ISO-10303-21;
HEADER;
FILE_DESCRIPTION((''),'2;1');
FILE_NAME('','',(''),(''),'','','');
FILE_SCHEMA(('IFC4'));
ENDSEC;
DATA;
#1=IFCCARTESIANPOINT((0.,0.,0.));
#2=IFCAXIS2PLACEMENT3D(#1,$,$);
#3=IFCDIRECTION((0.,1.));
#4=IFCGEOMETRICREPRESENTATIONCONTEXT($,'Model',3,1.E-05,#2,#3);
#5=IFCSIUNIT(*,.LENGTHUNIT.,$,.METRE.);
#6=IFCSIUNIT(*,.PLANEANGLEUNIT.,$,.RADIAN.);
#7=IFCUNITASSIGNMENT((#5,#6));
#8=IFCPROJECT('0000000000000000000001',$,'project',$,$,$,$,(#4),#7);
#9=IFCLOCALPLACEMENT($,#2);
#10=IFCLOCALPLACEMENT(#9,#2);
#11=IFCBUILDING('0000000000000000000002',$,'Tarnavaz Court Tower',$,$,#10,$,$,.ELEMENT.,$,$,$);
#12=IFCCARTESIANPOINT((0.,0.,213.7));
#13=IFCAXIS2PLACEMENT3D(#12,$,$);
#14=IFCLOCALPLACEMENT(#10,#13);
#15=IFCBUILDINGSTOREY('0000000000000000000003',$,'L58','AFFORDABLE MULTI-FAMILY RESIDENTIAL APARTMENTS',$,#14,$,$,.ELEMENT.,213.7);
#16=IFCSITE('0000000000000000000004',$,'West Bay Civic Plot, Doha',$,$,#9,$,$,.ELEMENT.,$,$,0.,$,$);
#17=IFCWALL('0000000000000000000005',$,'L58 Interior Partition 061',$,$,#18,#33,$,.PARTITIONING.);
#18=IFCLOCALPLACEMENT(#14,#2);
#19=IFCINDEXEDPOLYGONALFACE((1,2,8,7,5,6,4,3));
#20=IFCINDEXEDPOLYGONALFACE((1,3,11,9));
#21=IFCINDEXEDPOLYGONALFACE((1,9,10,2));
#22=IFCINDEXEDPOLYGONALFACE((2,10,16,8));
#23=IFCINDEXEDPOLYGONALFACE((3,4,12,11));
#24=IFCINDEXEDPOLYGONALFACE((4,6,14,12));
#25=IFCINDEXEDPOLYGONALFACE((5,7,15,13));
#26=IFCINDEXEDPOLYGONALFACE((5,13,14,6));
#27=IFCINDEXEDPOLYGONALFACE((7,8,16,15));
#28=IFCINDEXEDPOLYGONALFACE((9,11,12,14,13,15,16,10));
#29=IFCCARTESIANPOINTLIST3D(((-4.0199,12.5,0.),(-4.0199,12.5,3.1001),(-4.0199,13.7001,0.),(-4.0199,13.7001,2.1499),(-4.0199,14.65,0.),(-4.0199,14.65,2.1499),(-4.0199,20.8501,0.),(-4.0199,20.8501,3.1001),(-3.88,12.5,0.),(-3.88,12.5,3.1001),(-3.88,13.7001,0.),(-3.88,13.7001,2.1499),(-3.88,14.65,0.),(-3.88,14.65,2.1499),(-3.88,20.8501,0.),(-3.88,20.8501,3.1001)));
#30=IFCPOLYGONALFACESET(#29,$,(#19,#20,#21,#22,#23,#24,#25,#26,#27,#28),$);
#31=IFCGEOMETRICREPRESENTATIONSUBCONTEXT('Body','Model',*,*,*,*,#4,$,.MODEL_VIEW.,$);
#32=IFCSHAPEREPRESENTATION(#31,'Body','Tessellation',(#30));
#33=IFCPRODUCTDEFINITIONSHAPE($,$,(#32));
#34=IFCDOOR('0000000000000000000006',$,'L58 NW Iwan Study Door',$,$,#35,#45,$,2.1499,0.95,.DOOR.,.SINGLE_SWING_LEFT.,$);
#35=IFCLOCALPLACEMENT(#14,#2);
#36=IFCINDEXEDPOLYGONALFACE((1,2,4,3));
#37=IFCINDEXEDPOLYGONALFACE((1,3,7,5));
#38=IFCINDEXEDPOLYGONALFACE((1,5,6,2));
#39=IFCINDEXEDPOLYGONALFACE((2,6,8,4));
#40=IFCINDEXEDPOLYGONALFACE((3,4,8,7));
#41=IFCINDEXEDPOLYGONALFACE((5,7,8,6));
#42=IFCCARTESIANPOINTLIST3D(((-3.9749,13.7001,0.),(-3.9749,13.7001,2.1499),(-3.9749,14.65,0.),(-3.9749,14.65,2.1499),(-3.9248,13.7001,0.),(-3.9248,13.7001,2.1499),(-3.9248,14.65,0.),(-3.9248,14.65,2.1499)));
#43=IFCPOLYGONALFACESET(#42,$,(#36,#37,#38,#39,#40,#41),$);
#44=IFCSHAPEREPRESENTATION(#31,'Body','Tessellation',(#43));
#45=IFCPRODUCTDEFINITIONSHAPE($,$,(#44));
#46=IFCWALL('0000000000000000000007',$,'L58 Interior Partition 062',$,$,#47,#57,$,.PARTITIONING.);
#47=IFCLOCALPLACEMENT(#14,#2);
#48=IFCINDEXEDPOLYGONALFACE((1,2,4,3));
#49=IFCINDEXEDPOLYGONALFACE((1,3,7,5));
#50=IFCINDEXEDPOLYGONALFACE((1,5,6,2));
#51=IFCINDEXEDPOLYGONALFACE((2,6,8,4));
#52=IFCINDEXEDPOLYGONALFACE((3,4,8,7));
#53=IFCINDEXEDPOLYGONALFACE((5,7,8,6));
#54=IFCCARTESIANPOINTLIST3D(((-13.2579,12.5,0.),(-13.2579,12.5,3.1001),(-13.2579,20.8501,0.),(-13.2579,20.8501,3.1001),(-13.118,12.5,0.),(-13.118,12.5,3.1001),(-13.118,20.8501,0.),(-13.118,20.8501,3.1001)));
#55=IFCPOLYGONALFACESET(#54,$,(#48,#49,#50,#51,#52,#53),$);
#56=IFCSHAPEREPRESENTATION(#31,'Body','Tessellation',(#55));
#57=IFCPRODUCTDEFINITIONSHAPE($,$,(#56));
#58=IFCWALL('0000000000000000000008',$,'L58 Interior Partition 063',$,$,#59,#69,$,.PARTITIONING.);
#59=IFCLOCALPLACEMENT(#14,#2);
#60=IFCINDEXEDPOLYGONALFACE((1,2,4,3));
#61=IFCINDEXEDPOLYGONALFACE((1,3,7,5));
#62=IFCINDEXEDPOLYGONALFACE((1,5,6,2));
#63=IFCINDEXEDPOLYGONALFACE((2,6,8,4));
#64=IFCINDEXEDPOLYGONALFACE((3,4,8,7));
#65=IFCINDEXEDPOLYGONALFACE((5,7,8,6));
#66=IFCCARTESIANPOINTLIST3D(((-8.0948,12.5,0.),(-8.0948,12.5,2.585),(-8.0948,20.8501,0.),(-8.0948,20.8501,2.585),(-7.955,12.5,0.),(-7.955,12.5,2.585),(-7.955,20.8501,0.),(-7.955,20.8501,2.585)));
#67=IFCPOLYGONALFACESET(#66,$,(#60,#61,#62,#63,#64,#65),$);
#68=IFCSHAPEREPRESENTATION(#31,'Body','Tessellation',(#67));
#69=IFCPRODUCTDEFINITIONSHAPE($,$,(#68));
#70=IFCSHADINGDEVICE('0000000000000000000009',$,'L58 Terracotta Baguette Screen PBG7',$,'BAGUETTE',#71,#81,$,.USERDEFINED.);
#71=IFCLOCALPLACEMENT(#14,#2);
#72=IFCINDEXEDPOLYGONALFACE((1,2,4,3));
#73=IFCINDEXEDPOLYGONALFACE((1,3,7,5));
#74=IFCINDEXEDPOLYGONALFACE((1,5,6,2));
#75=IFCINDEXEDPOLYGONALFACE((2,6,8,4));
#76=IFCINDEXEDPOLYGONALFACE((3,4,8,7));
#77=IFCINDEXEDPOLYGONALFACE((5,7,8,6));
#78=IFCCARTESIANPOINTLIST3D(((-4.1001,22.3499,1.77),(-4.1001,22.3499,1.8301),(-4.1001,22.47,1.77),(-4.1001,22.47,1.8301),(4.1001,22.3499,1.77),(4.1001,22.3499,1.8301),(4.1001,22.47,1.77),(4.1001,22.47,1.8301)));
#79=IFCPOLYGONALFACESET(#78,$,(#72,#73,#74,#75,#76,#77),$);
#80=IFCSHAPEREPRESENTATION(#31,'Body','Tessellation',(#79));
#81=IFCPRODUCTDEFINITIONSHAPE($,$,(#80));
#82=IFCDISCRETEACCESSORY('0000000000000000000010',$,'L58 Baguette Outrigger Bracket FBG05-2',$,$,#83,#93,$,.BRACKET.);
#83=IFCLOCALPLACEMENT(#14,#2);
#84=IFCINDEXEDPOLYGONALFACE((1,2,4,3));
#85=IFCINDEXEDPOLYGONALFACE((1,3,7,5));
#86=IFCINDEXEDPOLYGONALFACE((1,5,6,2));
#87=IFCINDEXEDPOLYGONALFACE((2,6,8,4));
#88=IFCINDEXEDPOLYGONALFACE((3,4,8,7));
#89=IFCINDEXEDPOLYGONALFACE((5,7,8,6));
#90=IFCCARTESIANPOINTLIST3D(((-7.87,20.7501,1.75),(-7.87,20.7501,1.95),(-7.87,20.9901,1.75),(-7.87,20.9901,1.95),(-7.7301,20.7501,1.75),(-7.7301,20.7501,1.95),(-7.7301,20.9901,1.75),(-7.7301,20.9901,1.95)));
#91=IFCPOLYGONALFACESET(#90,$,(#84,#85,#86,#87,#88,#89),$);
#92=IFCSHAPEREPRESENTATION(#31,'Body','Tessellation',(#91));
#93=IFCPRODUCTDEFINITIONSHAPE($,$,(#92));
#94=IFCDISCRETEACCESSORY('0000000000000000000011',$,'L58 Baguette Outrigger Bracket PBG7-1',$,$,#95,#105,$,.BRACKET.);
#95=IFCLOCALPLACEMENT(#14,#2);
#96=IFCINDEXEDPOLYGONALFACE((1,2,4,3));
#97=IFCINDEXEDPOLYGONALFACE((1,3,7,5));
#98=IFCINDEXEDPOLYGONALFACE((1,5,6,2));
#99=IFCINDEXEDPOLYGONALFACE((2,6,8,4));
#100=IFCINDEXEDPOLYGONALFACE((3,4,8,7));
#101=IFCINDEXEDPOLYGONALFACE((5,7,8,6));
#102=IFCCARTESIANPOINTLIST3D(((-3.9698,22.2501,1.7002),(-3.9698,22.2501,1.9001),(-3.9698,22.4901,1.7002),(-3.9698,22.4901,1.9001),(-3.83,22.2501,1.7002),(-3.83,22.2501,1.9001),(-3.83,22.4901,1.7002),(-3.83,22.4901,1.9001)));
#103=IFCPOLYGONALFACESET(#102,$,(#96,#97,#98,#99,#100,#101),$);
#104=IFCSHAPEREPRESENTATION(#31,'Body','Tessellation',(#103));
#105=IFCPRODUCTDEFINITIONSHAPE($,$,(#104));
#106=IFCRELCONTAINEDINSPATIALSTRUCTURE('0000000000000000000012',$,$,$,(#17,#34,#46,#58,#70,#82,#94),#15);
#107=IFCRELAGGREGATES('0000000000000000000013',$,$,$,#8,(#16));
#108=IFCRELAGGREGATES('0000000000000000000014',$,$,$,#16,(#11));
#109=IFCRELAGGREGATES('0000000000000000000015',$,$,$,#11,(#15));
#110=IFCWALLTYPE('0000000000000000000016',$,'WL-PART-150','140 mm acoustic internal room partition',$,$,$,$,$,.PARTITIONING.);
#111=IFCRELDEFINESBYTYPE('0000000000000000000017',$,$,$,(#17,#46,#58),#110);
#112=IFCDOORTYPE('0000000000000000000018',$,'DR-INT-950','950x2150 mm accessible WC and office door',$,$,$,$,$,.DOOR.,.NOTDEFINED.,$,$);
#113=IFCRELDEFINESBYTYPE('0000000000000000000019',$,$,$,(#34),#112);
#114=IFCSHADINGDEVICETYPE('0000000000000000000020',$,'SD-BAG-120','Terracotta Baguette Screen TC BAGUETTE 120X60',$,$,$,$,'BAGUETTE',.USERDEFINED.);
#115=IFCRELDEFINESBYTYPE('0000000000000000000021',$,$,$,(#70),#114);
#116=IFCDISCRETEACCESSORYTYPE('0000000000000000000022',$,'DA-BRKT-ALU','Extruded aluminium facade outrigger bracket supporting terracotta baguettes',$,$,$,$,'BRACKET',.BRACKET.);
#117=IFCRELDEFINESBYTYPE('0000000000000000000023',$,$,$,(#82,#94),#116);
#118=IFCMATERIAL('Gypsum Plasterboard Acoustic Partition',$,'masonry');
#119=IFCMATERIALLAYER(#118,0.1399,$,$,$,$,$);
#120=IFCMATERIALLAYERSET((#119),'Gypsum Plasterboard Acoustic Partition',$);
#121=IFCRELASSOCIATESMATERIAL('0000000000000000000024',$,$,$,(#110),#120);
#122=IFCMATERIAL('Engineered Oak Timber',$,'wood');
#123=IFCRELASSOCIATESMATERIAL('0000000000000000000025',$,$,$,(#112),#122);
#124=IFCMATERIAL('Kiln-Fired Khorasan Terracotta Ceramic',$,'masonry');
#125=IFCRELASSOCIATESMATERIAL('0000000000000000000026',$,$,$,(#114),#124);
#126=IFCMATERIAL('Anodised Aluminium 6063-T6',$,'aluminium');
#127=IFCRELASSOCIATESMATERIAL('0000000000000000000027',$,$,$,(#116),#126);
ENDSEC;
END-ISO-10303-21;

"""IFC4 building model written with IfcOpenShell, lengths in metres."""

from ifc_helpers import new_model, si_unit, direction, frame, frame_2d, origin, origin_2d, place, context, subcontext, project, spatial, rectangle, extrude, material, layer, layer_set, material_profile, profile_set, type_object, element, fill, save


model = new_model("IFC4")

# Units and contexts
model_context = context("Model", 3, precision=1e-05, world=origin(), true_north=direction((0.0, 1.0)))
body_context = subcontext(model_context, "Body", "Model", "MODEL_VIEW")
ifc_project = project(units=[si_unit("LENGTHUNIT", "METRE"), si_unit("PLANEANGLEUNIT", "RADIAN")], contexts=[model_context])

# Site, building, storey
site_placement = place(None, origin())
site = spatial("IfcSite", under=ifc_project, at=site_placement, Name="West Bay Civic Plot, Doha", CompositionType="ELEMENT", RefElevation=0.0)
building_placement = place(site_placement, origin())
building = spatial("IfcBuilding", under=site, at=building_placement, Name="Tarnavaz Court Tower", CompositionType="ELEMENT")
storey_placement = place(building_placement, frame((0.0, 0.0, 213.7)))
storey = spatial("IfcBuildingStorey", under=building, at=storey_placement, Name="L58", Description="AFFORDABLE MULTI-FAMILY RESIDENTIAL APARTMENTS", CompositionType="ELEMENT", Elevation=213.7)

# Shared definitions
ifc_material_1 = material(Name="Anodised Aluminium 6063-T6", Category="aluminium")

# Wall, opening, door
ifc_material_2 = material(Name="Gypsum Plasterboard Acoustic Partition", Category="masonry")
ifc_layer_1 = layer(ifc_material_2, 0.1399)
ifc_layer_set_1 = layer_set([ifc_layer_1], Name="Gypsum Plasterboard Acoustic Partition")
wall_type_1 = type_object("IfcWallType", Name="WL-PART-150", Description="140 mm acoustic internal room partition", PredefinedType="PARTITIONING", material=ifc_layer_set_1)
wall_1_placement = place(storey_placement, frame((-3.95, 12.5, 0.0), z_axis=(0.0, 0.0, 1.0), x_axis=(0.0, 1.0, 0.0)))
wall_1 = element("IfcWall", 1, at=wall_1_placement, inside=storey, type_object=wall_type_1, Name="L58 Interior Partition 061", PredefinedType="PARTITIONING", context=body_context, shape_type="SweptSolid", body=[
    extrude(rectangle(XDim=8.3501, YDim=0.1399, at=frame_2d((4.175, 0.0))), origin(), (0.0, 0.0, 1.0), 3.1001),
])
opening_1_placement = place(wall_1_placement, frame((1.2, 0.0, 0.0)))
opening_1 = element("IfcOpeningElement", 2, at=opening_1_placement, cuts=wall_1, PredefinedType="OPENING", context=body_context, shape_type="SweptSolid", body=[
    extrude(rectangle(XDim=0.95, YDim=2.1499, at=frame_2d((0.4751, 1.075))), frame((0.0, 0.0798, 0.0), z_axis=(0.0, -1.0, 0.0), x_axis=(1.0, 0.0, 0.0)), (0.0, 0.0, 1.0), 0.1599),
])
ifc_material_3 = material(Name="Engineered Oak Timber", Category="wood")
door_type = type_object("IfcDoorType", Name="DR-INT-950", Description="950x2150 mm accessible WC and office door", OperationType="NOTDEFINED", PredefinedType="DOOR", material=ifc_material_3)
door_placement = place(opening_1_placement, origin())
door = element("IfcDoor", 3, at=door_placement, inside=storey, type_object=door_type, Name="L58 NW Iwan Study Door", OperationType="SINGLE_SWING_LEFT", OverallHeight=2.1499, OverallWidth=0.95, PredefinedType="DOOR", context=body_context, shape_type="SweptSolid", body=[
    extrude(rectangle(XDim=0.95, YDim=2.1499, at=frame_2d((0.4751, 1.075))), frame((0.0, 0.0249, 0.0), z_axis=(0.0, -1.0, 0.0), x_axis=(1.0, 0.0, 0.0)), (0.0, 0.0, 1.0), 0.05),
])
fill(opening_1, door)

# Walls
wall_2_placement = place(storey_placement, frame((-13.188, 12.5, 0.0), z_axis=(0.0, 0.0, 1.0), x_axis=(0.0, 1.0, 0.0)))
element("IfcWall", 4, at=wall_2_placement, inside=storey, type_object=wall_type_1, Name="L58 Interior Partition 062", PredefinedType="PARTITIONING", context=body_context, shape_type="SweptSolid", body=[
    extrude(rectangle(XDim=8.3501, YDim=0.1399, at=frame_2d((4.175, 0.0))), origin(), (0.0, 0.0, 1.0), 3.1001),
])
wall_3_placement = place(storey_placement, frame((-8.0249, 12.5, 0.0), z_axis=(0.0, 0.0, 1.0), x_axis=(0.0, 1.0, 0.0)))
element("IfcWall", 5, at=wall_3_placement, inside=storey, type_object=wall_type_1, Name="L58 Interior Partition 063", PredefinedType="PARTITIONING", context=body_context, shape_type="SweptSolid", body=[
    extrude(rectangle(XDim=8.3501, YDim=0.1399, at=frame_2d((4.175, 0.0))), origin(), (0.0, 0.0, 1.0), 2.585),
])

# Shading device
ifc_material_4 = material(Name="Kiln-Fired Khorasan Terracotta Ceramic", Category="masonry")
ifc_material_profile_1 = material_profile(ifc_material_4, rectangle(XDim=0.1201, YDim=0.0601, at=origin_2d()), Name="TC BAGUETTE 120X60")
ifc_profile_set_1 = profile_set([ifc_material_profile_1], Name="Kiln-Fired Khorasan Terracotta Ceramic")
shading_device_type = type_object("IfcShadingDeviceType", Name="SD-BAG-120", Description="Terracotta Baguette Screen TC BAGUETTE 120X60", ElementType="BAGUETTE", PredefinedType="USERDEFINED", material=ifc_profile_set_1)
shading_device_placement = place(storey_placement, frame((-4.1001, 22.4099, 1.8), z_axis=(1.0, 0.0, 0.0), x_axis=(0.0, 1.0, 0.0)))
element("IfcShadingDevice", 6, at=shading_device_placement, inside=storey, type_object=shading_device_type, Name="L58 Terracotta Baguette Screen PBG7", ObjectType="BAGUETTE", PredefinedType="USERDEFINED", context=body_context, shape_type="SweptSolid", body=[
    extrude(rectangle(XDim=0.1201, YDim=0.0601, at=origin_2d()), origin(), (0.0, 0.0, 1.0), 8.2002),
])

# Discrete accessories
discrete_accessory_type = type_object("IfcDiscreteAccessoryType", Name="DA-BRKT-ALU", Description="Extruded aluminium facade outrigger bracket supporting terracotta baguettes", ElementType="BRACKET", PredefinedType="BRACKET", material=ifc_material_1)
for number, where, z_axis, x_axis, name in (
    (7, (-7.8, 20.8701, 1.75), (0.0, 0.0, 1.0), (1.0, 0.0, 0.0), "L58 Baguette Outrigger Bracket FBG05-2"),
    (8, (-3.8999, 22.3701, 1.7002), (0.0, 0.0, 1.0), (1.0, 0.0, 0.0), "L58 Baguette Outrigger Bracket PBG7-1"),
):
    element("IfcDiscreteAccessory", number, at=place(storey_placement, frame(where, z_axis=z_axis, x_axis=x_axis)), inside=storey, type_object=discrete_accessory_type, Name=name, PredefinedType="BRACKET", context=body_context, shape_type="SweptSolid", body=[
        extrude(rectangle(XDim=0.1399, YDim=0.24, at=origin_2d()), origin(), (0.0, 0.0, 1.0), 0.2),
    ])

save(model, "model.ifc")
